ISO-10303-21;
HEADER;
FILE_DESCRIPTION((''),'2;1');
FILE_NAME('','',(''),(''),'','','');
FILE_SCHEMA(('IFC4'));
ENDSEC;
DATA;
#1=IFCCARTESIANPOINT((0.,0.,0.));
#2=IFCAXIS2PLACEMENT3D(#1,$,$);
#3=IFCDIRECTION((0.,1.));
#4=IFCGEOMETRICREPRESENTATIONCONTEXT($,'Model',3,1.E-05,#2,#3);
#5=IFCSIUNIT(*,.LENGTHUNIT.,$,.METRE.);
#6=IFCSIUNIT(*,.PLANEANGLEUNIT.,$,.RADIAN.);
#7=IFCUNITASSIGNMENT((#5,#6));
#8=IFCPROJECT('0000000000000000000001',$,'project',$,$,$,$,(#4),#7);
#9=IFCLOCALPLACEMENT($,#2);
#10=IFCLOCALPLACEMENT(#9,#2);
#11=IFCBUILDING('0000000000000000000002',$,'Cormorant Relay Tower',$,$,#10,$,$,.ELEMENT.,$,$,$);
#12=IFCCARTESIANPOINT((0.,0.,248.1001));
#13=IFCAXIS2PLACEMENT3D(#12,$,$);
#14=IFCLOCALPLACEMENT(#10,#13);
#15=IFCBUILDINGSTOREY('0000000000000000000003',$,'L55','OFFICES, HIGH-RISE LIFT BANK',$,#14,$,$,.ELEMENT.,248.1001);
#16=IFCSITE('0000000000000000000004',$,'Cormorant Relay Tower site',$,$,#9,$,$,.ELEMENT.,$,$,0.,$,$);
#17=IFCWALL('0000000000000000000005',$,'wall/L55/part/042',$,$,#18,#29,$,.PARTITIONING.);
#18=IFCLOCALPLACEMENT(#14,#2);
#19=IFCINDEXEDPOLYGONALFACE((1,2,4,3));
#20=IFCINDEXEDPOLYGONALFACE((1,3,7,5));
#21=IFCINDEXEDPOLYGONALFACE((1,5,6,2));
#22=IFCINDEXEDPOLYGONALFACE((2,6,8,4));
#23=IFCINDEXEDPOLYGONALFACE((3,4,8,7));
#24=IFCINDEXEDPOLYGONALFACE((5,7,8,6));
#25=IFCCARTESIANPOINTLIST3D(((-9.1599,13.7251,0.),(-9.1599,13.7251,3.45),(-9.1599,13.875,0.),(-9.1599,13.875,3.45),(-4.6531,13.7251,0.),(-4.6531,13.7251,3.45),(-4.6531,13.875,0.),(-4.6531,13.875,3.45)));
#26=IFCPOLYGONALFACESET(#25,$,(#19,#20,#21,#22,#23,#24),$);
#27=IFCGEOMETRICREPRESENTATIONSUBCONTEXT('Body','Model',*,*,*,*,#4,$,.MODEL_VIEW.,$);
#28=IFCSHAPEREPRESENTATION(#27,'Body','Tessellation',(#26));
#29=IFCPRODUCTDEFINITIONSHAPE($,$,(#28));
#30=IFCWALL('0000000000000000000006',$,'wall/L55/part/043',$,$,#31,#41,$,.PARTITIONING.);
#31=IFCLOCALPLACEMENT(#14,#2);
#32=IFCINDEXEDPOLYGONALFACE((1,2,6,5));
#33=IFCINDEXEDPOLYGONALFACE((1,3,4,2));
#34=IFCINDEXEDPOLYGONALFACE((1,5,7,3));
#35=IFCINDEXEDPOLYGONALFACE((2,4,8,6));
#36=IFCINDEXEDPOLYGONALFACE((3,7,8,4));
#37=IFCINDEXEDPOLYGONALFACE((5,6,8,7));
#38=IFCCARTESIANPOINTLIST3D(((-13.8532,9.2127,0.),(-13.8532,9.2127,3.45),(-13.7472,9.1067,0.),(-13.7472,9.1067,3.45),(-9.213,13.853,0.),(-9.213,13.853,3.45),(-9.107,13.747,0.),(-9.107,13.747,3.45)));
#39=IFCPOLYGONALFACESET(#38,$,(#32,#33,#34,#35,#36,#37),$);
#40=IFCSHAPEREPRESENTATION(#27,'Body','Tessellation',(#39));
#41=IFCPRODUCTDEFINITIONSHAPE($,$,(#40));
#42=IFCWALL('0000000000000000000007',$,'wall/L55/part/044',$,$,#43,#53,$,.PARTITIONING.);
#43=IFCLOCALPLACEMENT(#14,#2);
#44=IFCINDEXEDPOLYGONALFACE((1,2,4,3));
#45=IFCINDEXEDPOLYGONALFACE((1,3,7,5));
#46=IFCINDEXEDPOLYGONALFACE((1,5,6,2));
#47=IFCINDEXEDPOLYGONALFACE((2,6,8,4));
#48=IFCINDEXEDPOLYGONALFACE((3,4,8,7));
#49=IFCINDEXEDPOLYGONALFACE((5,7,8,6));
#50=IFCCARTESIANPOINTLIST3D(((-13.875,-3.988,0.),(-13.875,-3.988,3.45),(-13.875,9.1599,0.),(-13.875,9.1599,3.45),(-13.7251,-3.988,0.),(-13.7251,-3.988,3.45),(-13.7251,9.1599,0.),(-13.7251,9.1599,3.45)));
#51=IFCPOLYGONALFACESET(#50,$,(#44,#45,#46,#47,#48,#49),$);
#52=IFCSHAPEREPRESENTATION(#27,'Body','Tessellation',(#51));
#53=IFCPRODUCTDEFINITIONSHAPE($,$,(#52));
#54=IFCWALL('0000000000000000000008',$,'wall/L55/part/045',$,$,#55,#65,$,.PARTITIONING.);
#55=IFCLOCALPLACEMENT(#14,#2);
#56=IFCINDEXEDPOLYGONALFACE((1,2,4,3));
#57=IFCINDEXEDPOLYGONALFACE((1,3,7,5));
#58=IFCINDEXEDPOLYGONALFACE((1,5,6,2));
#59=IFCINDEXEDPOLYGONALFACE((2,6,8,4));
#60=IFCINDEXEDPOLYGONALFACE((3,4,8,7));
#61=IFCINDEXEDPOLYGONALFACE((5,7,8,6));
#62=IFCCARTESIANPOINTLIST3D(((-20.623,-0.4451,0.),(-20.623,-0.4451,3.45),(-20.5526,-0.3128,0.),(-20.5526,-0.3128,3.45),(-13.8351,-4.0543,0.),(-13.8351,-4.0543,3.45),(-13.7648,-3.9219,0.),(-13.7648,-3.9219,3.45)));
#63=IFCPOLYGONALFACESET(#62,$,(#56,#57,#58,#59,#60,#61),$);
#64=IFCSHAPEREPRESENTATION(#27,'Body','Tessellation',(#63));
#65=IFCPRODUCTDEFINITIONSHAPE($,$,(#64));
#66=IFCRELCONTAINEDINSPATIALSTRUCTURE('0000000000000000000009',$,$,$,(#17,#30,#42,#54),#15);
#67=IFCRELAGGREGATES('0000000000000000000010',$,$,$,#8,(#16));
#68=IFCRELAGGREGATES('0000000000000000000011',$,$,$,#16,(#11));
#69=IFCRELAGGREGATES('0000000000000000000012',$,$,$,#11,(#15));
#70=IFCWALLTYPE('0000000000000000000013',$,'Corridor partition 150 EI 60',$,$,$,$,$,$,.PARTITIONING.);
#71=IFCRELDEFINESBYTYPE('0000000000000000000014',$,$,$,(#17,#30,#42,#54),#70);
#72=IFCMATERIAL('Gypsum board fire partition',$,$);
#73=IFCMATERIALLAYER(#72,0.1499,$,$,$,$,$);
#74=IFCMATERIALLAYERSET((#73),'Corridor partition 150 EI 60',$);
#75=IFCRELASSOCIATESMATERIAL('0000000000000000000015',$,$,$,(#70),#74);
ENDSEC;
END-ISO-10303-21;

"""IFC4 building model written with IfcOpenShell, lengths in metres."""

from ifc_helpers import new_model, si_unit, direction, frame, frame_2d, origin, place, context, subcontext, project, spatial, rectangle, extrude, material, layer, layer_set, type_object, element, save


model = new_model("IFC4")

# Units and contexts
model_context = context("Model", 3, precision=1e-05, world=origin(), true_north=direction((0.0, 1.0)))
body_context = subcontext(model_context, "Body", "Model", "MODEL_VIEW")
ifc_project = project(units=[si_unit("LENGTHUNIT", "METRE"), si_unit("PLANEANGLEUNIT", "RADIAN")], contexts=[model_context])

# Site, building, storey
site_placement = place(None, origin())
site = spatial("IfcSite", under=ifc_project, at=site_placement, Name="Cormorant Relay Tower site", CompositionType="ELEMENT", RefElevation=0.0)
building_placement = place(site_placement, origin())
building = spatial("IfcBuilding", under=site, at=building_placement, Name="Cormorant Relay Tower", CompositionType="ELEMENT")
storey_placement = place(building_placement, frame((0.0, 0.0, 248.1001)))
storey = spatial("IfcBuildingStorey", under=building, at=storey_placement, Name="L55", Description="OFFICES, HIGH-RISE LIFT BANK", CompositionType="ELEMENT", Elevation=248.1001)

# Shared definitions
ifc_material_1 = material(Name="Gypsum board fire partition")
ifc_layer_1 = layer(ifc_material_1, 0.1499)
ifc_layer_set_1 = layer_set([ifc_layer_1], Name="Corridor partition 150 EI 60")
wall_type_1 = type_object("IfcWallType", Name="Corridor partition 150 EI 60", PredefinedType="PARTITIONING", material=ifc_layer_set_1)

# Walls
wall_1_placement = place(storey_placement, frame((-4.6531, 13.8, 0.0), z_axis=(0.0, 0.0, 1.0), x_axis=(-1.0, 0.0, 0.0)))
element("IfcWall", 1, at=wall_1_placement, inside=storey, type_object=wall_type_1, Name="wall/L55/part/042", PredefinedType="PARTITIONING", context=body_context, shape_type="SweptSolid", body=[
    extrude(rectangle(XDim=4.5068, YDim=0.1499, at=frame_2d((2.2534, 0.0))), origin(), (0.0, 0.0, 1.0), 3.45),
])
wall_2_placement = place(storey_placement, frame((-9.1599, 13.8, 0.0), z_axis=(0.0, 0.0, 1.0), x_axis=(-0.707107, -0.707107, 0.0)))
element("IfcWall", 2, at=wall_2_placement, inside=storey, type_object=wall_type_1, Name="wall/L55/part/043", PredefinedType="PARTITIONING", context=body_context, shape_type="SweptSolid", body=[
    extrude(rectangle(XDim=6.5623, YDim=0.1499, at=frame_2d((3.2812, 0.0))), origin(), (0.0, 0.0, 1.0), 3.45),
])
wall_3_placement = place(storey_placement, frame((-13.8, 9.1599, 0.0), z_axis=(0.0, 0.0, 1.0), x_axis=(0.0, -1.0, 0.0)))
element("IfcWall", 3, at=wall_3_placement, inside=storey, type_object=wall_type_1, Name="wall/L55/part/044", PredefinedType="PARTITIONING", context=body_context, shape_type="SweptSolid", body=[
    extrude(rectangle(XDim=13.1479, YDim=0.1499, at=frame_2d((6.574, 0.0))), origin(), (0.0, 0.0, 1.0), 3.45),
])
wall_4_placement = place(storey_placement, frame((-13.8, -3.988, 0.0), z_axis=(0.0, 0.0, 1.0), x_axis=(-0.882949, 0.469469, 0.0)))
element("IfcWall", 4, at=wall_4_placement, inside=storey, type_object=wall_type_1, Name="wall/L55/part/045", PredefinedType="PARTITIONING", context=body_context, shape_type="SweptSolid", body=[
    extrude(rectangle(XDim=7.6877, YDim=0.1499, at=frame_2d((3.8438, 0.0))), origin(), (0.0, 0.0, 1.0), 3.45),
])

save(model, "model.ifc")
